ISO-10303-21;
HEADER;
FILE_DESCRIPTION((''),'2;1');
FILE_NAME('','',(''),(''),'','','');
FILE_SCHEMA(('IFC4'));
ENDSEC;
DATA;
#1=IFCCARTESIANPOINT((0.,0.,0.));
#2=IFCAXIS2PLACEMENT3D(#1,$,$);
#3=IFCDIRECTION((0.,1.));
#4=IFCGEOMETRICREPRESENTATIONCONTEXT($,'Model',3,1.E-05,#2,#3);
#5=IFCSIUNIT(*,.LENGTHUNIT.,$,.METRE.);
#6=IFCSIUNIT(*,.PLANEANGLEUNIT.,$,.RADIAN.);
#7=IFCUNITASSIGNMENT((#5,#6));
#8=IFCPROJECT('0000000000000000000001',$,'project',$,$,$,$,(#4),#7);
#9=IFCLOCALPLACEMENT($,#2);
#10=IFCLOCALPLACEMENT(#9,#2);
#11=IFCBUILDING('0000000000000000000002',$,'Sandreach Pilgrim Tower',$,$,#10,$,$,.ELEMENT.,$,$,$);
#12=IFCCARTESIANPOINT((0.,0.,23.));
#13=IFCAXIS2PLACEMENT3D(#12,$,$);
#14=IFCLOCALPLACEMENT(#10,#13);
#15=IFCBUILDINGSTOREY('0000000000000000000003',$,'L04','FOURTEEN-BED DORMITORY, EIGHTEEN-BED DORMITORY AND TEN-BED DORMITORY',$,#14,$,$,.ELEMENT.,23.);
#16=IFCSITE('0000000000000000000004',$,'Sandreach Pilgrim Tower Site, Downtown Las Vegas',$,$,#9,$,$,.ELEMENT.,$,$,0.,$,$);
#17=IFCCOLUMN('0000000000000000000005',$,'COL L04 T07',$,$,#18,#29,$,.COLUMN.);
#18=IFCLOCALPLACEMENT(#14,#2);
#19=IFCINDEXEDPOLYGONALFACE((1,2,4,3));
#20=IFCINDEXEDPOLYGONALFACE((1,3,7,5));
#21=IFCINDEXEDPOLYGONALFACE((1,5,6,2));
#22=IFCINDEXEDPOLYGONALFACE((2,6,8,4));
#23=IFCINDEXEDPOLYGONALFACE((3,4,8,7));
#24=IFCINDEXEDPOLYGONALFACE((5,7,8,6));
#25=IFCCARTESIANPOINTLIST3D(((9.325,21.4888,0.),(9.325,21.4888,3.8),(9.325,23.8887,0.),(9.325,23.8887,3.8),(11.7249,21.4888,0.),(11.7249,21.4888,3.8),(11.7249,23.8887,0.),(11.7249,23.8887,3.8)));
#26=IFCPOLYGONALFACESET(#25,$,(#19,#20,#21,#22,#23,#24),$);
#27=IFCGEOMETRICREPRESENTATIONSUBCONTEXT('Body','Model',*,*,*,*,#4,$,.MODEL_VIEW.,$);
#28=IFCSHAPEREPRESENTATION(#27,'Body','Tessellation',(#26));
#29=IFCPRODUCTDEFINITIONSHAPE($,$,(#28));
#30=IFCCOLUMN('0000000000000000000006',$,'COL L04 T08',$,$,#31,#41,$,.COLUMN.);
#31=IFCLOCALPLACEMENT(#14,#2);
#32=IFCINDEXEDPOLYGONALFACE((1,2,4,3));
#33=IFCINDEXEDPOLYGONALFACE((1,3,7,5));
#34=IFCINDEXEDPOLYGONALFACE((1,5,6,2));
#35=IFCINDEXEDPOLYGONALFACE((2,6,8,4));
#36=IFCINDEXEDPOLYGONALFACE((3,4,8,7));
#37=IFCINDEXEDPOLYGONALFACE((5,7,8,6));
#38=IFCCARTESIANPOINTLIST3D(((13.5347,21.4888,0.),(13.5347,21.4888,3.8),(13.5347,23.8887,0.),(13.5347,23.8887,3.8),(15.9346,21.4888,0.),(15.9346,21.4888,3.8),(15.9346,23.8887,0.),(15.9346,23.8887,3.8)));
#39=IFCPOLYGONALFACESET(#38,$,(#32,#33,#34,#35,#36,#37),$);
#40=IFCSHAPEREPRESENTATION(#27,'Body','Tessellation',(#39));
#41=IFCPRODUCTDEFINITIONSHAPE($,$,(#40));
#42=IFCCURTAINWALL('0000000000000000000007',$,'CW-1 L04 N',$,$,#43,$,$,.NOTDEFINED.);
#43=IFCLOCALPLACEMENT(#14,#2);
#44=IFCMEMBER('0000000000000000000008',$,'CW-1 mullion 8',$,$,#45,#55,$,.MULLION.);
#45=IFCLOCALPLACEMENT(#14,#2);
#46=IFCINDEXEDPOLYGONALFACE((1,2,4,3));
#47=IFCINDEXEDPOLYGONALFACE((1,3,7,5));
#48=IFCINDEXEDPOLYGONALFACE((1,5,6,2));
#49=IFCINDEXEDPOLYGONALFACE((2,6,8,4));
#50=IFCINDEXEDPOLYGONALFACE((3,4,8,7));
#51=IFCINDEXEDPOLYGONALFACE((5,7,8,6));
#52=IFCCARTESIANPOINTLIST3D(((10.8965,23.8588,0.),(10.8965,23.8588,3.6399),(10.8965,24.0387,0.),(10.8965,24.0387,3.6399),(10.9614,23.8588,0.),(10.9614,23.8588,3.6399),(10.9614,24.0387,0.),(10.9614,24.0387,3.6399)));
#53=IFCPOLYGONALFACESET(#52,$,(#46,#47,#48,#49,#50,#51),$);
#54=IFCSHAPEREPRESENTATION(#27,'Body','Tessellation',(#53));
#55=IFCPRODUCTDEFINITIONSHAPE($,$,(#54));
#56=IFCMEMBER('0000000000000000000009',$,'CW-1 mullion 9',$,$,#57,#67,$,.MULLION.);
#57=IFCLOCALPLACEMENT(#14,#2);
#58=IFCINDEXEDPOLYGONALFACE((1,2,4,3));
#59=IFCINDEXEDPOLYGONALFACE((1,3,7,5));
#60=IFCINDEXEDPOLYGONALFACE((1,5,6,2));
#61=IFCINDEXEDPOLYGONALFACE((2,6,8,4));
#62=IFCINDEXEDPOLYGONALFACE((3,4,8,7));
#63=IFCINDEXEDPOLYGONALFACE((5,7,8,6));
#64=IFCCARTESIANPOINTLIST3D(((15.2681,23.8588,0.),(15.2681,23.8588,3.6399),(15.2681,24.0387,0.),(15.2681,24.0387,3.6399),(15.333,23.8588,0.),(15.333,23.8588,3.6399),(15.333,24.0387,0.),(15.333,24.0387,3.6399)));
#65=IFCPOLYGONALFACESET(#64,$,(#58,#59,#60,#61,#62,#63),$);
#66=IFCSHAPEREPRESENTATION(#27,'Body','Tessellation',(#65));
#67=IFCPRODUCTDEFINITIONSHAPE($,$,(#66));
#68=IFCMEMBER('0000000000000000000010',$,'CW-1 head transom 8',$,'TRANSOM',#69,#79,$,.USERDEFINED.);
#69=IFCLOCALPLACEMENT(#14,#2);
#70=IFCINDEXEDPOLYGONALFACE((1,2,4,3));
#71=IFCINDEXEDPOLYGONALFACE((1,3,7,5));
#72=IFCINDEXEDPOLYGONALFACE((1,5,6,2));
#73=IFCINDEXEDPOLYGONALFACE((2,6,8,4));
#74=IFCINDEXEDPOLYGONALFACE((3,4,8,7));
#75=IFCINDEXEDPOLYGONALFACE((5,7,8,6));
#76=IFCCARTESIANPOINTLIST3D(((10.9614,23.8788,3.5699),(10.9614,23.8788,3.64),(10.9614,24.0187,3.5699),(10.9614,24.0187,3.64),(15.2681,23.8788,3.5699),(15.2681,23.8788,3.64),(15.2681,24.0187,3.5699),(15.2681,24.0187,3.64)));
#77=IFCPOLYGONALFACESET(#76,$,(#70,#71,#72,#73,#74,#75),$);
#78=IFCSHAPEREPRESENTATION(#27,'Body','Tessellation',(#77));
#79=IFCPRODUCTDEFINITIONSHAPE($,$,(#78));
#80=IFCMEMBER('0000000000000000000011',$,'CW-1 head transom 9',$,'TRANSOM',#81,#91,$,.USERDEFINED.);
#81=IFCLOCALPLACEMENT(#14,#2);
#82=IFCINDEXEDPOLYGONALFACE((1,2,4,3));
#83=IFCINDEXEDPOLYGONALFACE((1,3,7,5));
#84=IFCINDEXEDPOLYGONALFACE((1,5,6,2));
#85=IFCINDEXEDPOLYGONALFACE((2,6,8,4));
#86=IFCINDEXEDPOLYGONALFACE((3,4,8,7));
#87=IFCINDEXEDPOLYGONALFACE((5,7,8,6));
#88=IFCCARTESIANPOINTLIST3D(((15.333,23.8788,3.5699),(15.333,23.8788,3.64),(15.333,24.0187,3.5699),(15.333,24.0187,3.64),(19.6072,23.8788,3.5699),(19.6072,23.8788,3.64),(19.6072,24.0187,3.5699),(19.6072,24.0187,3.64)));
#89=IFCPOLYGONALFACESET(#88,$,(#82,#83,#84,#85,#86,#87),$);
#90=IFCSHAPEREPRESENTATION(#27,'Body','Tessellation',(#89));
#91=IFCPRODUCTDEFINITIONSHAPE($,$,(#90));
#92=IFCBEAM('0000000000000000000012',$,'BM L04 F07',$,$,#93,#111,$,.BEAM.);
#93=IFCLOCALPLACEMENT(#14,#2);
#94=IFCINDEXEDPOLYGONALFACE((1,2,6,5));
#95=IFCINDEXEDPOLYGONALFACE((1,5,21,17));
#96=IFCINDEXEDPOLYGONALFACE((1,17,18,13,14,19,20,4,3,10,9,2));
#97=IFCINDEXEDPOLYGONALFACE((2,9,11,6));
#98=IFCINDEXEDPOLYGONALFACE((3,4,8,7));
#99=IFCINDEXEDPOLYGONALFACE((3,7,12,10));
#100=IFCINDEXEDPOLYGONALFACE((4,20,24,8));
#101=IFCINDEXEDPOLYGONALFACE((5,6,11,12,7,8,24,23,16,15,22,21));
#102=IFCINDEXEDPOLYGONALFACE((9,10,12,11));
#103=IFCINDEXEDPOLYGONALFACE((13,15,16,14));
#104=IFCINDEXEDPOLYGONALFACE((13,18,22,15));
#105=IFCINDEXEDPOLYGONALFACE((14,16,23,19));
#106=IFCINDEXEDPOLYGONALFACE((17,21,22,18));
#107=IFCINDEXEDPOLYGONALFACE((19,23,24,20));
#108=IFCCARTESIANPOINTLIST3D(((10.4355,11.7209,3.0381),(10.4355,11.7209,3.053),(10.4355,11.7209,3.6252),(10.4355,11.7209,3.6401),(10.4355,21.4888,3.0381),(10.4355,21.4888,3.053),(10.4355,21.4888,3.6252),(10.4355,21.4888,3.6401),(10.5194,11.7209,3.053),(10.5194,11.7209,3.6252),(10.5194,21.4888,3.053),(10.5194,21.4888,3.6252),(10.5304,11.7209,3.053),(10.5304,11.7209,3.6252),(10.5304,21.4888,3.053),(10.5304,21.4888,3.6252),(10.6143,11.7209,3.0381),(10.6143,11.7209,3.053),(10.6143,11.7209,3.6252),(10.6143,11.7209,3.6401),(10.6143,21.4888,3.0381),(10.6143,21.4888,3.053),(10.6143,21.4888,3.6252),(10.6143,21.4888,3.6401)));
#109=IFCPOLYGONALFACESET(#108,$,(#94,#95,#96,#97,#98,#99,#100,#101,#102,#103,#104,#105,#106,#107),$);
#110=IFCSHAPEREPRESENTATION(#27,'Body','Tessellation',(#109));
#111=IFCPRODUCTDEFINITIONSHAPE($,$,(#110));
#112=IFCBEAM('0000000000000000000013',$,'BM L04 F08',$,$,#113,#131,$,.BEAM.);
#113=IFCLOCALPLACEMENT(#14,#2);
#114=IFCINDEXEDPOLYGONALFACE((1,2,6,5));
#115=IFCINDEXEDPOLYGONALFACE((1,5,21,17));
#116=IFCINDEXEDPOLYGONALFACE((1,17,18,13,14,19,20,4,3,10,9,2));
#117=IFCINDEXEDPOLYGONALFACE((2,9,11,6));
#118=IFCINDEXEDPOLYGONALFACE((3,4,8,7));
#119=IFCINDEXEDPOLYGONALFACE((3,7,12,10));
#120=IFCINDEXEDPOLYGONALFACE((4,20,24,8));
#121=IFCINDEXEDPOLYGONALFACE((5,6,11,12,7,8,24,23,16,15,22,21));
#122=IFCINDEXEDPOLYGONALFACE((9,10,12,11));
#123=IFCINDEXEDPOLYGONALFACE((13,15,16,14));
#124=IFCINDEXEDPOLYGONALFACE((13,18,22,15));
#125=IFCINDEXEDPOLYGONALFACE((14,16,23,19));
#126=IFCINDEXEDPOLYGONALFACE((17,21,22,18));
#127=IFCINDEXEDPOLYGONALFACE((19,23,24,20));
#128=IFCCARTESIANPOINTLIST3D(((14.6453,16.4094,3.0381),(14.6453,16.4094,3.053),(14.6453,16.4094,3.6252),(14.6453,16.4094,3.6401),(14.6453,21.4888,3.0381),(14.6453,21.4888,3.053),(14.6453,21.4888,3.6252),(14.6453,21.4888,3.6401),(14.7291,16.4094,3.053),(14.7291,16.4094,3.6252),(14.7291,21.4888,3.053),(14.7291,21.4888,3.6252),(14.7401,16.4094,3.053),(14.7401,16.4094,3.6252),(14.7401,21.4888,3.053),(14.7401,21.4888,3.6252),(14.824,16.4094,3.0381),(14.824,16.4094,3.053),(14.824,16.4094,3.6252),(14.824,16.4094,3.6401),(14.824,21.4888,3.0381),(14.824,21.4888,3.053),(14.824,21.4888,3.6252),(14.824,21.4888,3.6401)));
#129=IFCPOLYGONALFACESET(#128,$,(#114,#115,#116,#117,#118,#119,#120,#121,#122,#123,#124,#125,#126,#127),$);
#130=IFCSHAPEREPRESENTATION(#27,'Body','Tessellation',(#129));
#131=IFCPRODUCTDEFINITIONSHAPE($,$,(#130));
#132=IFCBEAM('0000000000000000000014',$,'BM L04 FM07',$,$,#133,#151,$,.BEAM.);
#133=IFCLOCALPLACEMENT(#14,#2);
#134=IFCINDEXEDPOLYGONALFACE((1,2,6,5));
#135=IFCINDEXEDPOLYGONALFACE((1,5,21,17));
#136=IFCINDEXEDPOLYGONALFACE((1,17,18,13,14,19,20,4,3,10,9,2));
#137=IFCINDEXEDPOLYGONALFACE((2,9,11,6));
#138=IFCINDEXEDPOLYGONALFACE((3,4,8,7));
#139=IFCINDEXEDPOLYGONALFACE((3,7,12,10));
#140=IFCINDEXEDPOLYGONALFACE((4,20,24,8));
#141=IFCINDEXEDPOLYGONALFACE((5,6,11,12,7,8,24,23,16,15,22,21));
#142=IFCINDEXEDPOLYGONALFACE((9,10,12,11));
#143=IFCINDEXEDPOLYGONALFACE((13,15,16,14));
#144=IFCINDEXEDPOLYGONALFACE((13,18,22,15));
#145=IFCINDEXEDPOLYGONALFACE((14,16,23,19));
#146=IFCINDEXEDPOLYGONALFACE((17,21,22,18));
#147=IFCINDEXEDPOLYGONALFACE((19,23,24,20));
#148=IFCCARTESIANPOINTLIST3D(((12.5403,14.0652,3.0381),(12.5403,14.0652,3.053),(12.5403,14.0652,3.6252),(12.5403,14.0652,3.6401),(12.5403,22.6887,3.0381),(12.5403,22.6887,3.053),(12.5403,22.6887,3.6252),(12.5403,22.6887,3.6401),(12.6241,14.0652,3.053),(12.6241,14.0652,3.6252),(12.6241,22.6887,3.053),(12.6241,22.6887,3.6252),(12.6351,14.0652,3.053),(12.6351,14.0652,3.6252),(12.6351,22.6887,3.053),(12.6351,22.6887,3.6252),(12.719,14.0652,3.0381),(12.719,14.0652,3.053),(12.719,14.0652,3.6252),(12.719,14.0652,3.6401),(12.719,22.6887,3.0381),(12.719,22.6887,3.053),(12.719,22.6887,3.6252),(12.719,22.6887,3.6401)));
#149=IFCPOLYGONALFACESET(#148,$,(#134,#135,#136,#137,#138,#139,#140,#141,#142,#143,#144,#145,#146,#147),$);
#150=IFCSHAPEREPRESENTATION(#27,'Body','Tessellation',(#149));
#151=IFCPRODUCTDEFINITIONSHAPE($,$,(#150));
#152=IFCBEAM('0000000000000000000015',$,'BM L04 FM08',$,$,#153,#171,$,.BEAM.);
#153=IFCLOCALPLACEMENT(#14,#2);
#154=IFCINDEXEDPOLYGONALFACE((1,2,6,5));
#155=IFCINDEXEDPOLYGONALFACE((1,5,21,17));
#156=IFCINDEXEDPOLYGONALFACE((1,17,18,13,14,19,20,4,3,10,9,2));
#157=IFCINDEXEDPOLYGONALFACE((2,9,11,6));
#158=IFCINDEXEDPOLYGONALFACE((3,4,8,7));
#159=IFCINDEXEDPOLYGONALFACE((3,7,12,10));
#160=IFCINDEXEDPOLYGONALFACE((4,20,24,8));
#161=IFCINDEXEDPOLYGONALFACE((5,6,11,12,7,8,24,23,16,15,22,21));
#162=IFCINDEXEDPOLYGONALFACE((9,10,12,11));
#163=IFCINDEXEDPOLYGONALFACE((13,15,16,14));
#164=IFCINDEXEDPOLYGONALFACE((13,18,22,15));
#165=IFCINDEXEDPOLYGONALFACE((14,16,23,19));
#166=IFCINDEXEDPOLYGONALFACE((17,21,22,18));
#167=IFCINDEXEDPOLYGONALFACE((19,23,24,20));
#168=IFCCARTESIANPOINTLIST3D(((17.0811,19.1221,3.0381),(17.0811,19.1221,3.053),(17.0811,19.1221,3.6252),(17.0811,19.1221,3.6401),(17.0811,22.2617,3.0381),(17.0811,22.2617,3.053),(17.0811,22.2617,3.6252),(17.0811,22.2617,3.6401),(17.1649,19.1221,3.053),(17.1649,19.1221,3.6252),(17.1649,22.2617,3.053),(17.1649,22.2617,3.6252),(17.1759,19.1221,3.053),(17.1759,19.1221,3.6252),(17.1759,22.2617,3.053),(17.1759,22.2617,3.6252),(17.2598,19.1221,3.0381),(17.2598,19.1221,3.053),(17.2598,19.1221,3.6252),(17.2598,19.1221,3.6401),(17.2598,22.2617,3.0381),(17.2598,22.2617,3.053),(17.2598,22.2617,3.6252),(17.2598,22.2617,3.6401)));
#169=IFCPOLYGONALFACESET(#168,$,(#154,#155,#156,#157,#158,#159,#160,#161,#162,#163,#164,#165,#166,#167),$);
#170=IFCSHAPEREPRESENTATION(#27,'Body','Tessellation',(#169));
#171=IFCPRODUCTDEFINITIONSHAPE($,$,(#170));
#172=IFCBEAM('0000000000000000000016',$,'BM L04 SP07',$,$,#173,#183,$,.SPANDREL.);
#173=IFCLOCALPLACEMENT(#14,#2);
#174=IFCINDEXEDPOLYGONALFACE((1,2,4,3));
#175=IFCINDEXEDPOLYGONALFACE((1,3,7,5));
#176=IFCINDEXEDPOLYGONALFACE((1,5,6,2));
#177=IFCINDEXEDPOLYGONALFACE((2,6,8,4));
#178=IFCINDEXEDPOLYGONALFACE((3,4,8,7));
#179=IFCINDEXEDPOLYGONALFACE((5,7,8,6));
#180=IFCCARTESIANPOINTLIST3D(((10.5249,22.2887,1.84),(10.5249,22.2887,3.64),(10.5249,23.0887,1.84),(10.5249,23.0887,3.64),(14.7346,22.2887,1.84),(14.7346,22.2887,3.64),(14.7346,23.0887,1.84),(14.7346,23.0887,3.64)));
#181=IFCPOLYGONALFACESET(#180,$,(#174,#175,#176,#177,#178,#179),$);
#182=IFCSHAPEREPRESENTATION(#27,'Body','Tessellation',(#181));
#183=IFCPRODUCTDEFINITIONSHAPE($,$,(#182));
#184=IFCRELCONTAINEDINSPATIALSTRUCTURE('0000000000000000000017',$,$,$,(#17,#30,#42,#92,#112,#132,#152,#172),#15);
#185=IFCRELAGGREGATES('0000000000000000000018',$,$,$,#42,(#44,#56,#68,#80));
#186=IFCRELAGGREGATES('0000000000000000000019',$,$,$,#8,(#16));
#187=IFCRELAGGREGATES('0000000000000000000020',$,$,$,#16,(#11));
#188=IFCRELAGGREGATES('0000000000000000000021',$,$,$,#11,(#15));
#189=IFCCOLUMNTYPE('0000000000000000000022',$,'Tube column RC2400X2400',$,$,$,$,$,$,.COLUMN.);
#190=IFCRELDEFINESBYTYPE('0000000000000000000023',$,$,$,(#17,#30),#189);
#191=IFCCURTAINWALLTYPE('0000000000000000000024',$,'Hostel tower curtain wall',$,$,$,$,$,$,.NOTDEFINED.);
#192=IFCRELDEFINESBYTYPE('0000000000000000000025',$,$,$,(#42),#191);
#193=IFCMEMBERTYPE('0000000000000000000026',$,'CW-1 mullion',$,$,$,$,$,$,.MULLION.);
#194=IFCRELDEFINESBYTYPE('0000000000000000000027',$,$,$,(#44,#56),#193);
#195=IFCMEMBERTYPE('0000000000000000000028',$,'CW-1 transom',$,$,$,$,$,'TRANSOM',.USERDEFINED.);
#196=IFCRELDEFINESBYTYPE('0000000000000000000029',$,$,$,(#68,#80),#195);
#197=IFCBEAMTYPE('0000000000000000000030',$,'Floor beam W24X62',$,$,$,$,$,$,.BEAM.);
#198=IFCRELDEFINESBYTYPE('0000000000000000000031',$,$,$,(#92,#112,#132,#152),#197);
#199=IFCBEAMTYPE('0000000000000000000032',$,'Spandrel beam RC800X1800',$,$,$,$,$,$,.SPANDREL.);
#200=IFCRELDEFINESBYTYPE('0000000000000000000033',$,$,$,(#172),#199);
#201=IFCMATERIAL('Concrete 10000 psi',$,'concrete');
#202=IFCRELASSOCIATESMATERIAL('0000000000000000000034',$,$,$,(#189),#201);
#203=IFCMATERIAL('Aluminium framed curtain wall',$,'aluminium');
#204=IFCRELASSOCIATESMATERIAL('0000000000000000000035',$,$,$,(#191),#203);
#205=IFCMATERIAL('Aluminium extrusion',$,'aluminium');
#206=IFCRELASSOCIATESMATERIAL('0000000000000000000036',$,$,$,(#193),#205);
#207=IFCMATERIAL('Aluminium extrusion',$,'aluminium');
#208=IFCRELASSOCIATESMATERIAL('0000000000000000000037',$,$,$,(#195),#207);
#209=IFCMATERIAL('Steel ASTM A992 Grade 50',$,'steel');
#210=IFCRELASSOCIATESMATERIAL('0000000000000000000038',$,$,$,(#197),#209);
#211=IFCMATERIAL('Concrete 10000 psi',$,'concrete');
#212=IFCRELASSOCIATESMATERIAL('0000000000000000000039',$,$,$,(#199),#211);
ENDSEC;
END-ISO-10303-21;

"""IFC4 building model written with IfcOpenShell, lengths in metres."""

from ifc_helpers import new_model, si_unit, direction, frame, origin, origin_2d, place, context, subcontext, project, spatial, rectangle, i_section, extrude, material, material_profile, profile_set, type_object, element, aggregate, save


model = new_model("IFC4")

# Units and contexts
model_context = context("Model", 3, precision=1e-05, world=origin(), true_north=direction((0.0, 1.0)))
body_context = subcontext(model_context, "Body", "Model", "MODEL_VIEW")
ifc_project = project(units=[si_unit("LENGTHUNIT", "METRE"), si_unit("PLANEANGLEUNIT", "RADIAN")], contexts=[model_context])

# Site, building, storey
site_placement = place(None, origin())
site = spatial("IfcSite", under=ifc_project, at=site_placement, Name="Sandreach Pilgrim Tower Site, Downtown Las Vegas", CompositionType="ELEMENT", RefElevation=0.0)
building_placement = place(site_placement, origin())
building = spatial("IfcBuilding", under=site, at=building_placement, Name="Sandreach Pilgrim Tower", CompositionType="ELEMENT")
storey_placement = place(building_placement, frame((0.0, 0.0, 23.0)))
storey = spatial("IfcBuildingStorey", under=building, at=storey_placement, Name="L04", Description="FOURTEEN-BED DORMITORY, EIGHTEEN-BED DORMITORY AND TEN-BED DORMITORY", CompositionType="ELEMENT", Elevation=23.0)

# Columns
ifc_material_1 = material(Name="Concrete 10000 psi", Category="concrete")
ifc_material_profile_1 = material_profile(ifc_material_1, rectangle(XDim=2.3999, YDim=2.3999, at=origin_2d()), Name="RC2400X2400")
ifc_profile_set_1 = profile_set([ifc_material_profile_1], Name="Concrete 10000 psi")
column_type = type_object("IfcColumnType", Name="Tube column RC2400X2400", PredefinedType="COLUMN", material=ifc_profile_set_1)
for number, where, z_axis, x_axis, name in (
    (1, (10.5249, 22.6887, 0.0), (0.0, 0.0, 1.0), (0.0, 1.0, 0.0), "COL L04 T07"),
    (2, (14.7346, 22.6887, 0.0), (0.0, 0.0, 1.0), (0.0, 1.0, 0.0), "COL L04 T08"),
):
    element("IfcColumn", number, at=place(storey_placement, frame(where, z_axis=z_axis, x_axis=x_axis)), inside=storey, type_object=column_type, Name=name, PredefinedType="COLUMN", context=body_context, shape_type="SweptSolid", body=[
        extrude(rectangle(XDim=2.3999, YDim=2.3999, at=origin_2d()), origin(), (0.0, 0.0, 1.0), 3.8),
    ])

# Curtain wall, members
ifc_material_2 = material(Name="Aluminium framed curtain wall", Category="aluminium")
curtain_wall_type = type_object("IfcCurtainWallType", Name="Hostel tower curtain wall", PredefinedType="NOTDEFINED", material=ifc_material_2)
curtain_wall_placement = place(storey_placement, origin())
curtain_wall = element("IfcCurtainWall", 3, at=curtain_wall_placement, inside=storey, type_object=curtain_wall_type, Name="CW-1 L04 N", PredefinedType="NOTDEFINED")
ifc_material_3 = material(Name="Aluminium extrusion", Category="aluminium")
ifc_material_profile_2 = material_profile(ifc_material_3, rectangle(XDim=0.0649, YDim=0.1799, at=origin_2d()), Name="CW-1M 65X180")
ifc_profile_set_2 = profile_set([ifc_material_profile_2], Name="Aluminium extrusion")
member_type_1 = type_object("IfcMemberType", Name="CW-1 mullion", PredefinedType="MULLION", material=ifc_profile_set_2)
member_1_placement = place(storey_placement, frame((10.929, 23.9487, 0.0), z_axis=(0.0, 0.0, 1.0), x_axis=(1.0, 0.0, 0.0)))
member_1 = element("IfcMember", 4, at=member_1_placement, type_object=member_type_1, Name="CW-1 mullion 8", PredefinedType="MULLION", context=body_context, shape_type="SweptSolid", body=[
    extrude(rectangle(XDim=0.0649, YDim=0.1799, at=origin_2d()), origin(), (0.0, 0.0, 1.0), 3.6399),
])
member_2_placement = place(storey_placement, frame((15.3005, 23.9487, 0.0), z_axis=(0.0, 0.0, 1.0), x_axis=(1.0, 0.0, 0.0)))
member_2 = element("IfcMember", 5, at=member_2_placement, type_object=member_type_1, Name="CW-1 mullion 9", PredefinedType="MULLION", context=body_context, shape_type="SweptSolid", body=[
    extrude(rectangle(XDim=0.0649, YDim=0.1799, at=origin_2d()), origin(), (0.0, 0.0, 1.0), 3.6399),
])
ifc_material_4 = material(Name="Aluminium extrusion", Category="aluminium")
ifc_material_profile_3 = material_profile(ifc_material_4, rectangle(XDim=0.1399, YDim=0.0701, at=origin_2d()), Name="CW-1T 140X70")
ifc_profile_set_3 = profile_set([ifc_material_profile_3], Name="Aluminium extrusion")
member_type_2 = type_object("IfcMemberType", Name="CW-1 transom", ElementType="TRANSOM", PredefinedType="USERDEFINED", material=ifc_profile_set_3)
member_3_placement = place(storey_placement, frame((10.9614, 23.9487, 3.605), z_axis=(1.0, 0.0, 0.0), x_axis=(0.0, 1.0, 0.0)))
member_3 = element("IfcMember", 6, at=member_3_placement, type_object=member_type_2, Name="CW-1 head transom 8", ObjectType="TRANSOM", PredefinedType="USERDEFINED", context=body_context, shape_type="SweptSolid", body=[
    extrude(rectangle(XDim=0.1399, YDim=0.0701, at=origin_2d()), origin(), (0.0, 0.0, 1.0), 4.3066),
])
member_4_placement = place(storey_placement, frame((15.333, 23.9487, 3.605), z_axis=(1.0, 0.0, 0.0), x_axis=(0.0, 1.0, 0.0)))
member_4 = element("IfcMember", 7, at=member_4_placement, type_object=member_type_2, Name="CW-1 head transom 9", ObjectType="TRANSOM", PredefinedType="USERDEFINED", context=body_context, shape_type="SweptSolid", body=[
    extrude(rectangle(XDim=0.1399, YDim=0.0701, at=origin_2d()), origin(), (0.0, 0.0, 1.0), 4.2742),
])

# Beams
ifc_material_5 = material(Name="Steel ASTM A992 Grade 50", Category="steel")
ifc_material_profile_4 = material_profile(ifc_material_5, i_section(OverallWidth=0.1787, OverallDepth=0.6021, WebThickness=0.011, FlangeThickness=0.0149, at=origin_2d()), Name="W24X62")
ifc_profile_set_4 = profile_set([ifc_material_profile_4], Name="Steel ASTM A992 Grade 50")
beam_type_1 = type_object("IfcBeamType", Name="Floor beam W24X62", PredefinedType="BEAM", material=ifc_profile_set_4)
beam_1_placement = place(storey_placement, frame((10.5249, 21.4888, 3.3391), z_axis=(0.0, -1.0, 0.0), x_axis=(1.0, 0.0, 0.0)))
element("IfcBeam", 8, at=beam_1_placement, inside=storey, type_object=beam_type_1, Name="BM L04 F07", PredefinedType="BEAM", context=body_context, shape_type="SweptSolid", body=[
    extrude(i_section(OverallWidth=0.1787, OverallDepth=0.6021, WebThickness=0.011, FlangeThickness=0.0149, at=origin_2d()), origin(), (0.0, 0.0, 1.0), 9.7678),
])
beam_2_placement = place(storey_placement, frame((14.7346, 21.4888, 3.3391), z_axis=(0.0, -1.0, 0.0), x_axis=(1.0, 0.0, 0.0)))
element("IfcBeam", 9, at=beam_2_placement, inside=storey, type_object=beam_type_1, Name="BM L04 F08", PredefinedType="BEAM", context=body_context, shape_type="SweptSolid", body=[
    extrude(i_section(OverallWidth=0.1787, OverallDepth=0.6021, WebThickness=0.011, FlangeThickness=0.0149, at=origin_2d()), origin(), (0.0, 0.0, 1.0), 5.0793),
])
beam_3_placement = place(storey_placement, frame((12.6296, 22.6887, 3.3391), z_axis=(0.0, -1.0, 0.0), x_axis=(1.0, 0.0, 0.0)))
element("IfcBeam", 10, at=beam_3_placement, inside=storey, type_object=beam_type_1, Name="BM L04 FM07", PredefinedType="BEAM", context=body_context, shape_type="SweptSolid", body=[
    extrude(i_section(OverallWidth=0.1787, OverallDepth=0.6021, WebThickness=0.011, FlangeThickness=0.0149, at=origin_2d()), origin(), (0.0, 0.0, 1.0), 8.6235),
])
beam_4_placement = place(storey_placement, frame((17.1704, 22.2617, 3.3391), z_axis=(0.0, -1.0, 0.0), x_axis=(1.0, 0.0, 0.0)))
element("IfcBeam", 11, at=beam_4_placement, inside=storey, type_object=beam_type_1, Name="BM L04 FM08", PredefinedType="BEAM", context=body_context, shape_type="SweptSolid", body=[
    extrude(i_section(OverallWidth=0.1787, OverallDepth=0.6021, WebThickness=0.011, FlangeThickness=0.0149, at=origin_2d()), origin(), (0.0, 0.0, 1.0), 3.1396),
])
ifc_material_6 = material(Name="Concrete 10000 psi", Category="concrete")
ifc_material_profile_5 = material_profile(ifc_material_6, rectangle(XDim=0.8, YDim=1.8, at=origin_2d()), Name="RC800X1800")
ifc_profile_set_5 = profile_set([ifc_material_profile_5], Name="Concrete 10000 psi")
beam_type_2 = type_object("IfcBeamType", Name="Spandrel beam RC800X1800", PredefinedType="SPANDREL", material=ifc_profile_set_5)
beam_5_placement = place(storey_placement, frame((10.5249, 22.6887, 2.74), z_axis=(1.0, 0.0, 0.0), x_axis=(0.0, 1.0, 0.0)))
element("IfcBeam", 12, at=beam_5_placement, inside=storey, type_object=beam_type_2, Name="BM L04 SP07", PredefinedType="SPANDREL", context=body_context, shape_type="SweptSolid", body=[
    extrude(rectangle(XDim=0.8, YDim=1.8, at=origin_2d()), origin(), (0.0, 0.0, 1.0), 4.2097),
])

aggregate(curtain_wall, [member_1, member_2, member_3, member_4])

save(model, "model.ifc")
